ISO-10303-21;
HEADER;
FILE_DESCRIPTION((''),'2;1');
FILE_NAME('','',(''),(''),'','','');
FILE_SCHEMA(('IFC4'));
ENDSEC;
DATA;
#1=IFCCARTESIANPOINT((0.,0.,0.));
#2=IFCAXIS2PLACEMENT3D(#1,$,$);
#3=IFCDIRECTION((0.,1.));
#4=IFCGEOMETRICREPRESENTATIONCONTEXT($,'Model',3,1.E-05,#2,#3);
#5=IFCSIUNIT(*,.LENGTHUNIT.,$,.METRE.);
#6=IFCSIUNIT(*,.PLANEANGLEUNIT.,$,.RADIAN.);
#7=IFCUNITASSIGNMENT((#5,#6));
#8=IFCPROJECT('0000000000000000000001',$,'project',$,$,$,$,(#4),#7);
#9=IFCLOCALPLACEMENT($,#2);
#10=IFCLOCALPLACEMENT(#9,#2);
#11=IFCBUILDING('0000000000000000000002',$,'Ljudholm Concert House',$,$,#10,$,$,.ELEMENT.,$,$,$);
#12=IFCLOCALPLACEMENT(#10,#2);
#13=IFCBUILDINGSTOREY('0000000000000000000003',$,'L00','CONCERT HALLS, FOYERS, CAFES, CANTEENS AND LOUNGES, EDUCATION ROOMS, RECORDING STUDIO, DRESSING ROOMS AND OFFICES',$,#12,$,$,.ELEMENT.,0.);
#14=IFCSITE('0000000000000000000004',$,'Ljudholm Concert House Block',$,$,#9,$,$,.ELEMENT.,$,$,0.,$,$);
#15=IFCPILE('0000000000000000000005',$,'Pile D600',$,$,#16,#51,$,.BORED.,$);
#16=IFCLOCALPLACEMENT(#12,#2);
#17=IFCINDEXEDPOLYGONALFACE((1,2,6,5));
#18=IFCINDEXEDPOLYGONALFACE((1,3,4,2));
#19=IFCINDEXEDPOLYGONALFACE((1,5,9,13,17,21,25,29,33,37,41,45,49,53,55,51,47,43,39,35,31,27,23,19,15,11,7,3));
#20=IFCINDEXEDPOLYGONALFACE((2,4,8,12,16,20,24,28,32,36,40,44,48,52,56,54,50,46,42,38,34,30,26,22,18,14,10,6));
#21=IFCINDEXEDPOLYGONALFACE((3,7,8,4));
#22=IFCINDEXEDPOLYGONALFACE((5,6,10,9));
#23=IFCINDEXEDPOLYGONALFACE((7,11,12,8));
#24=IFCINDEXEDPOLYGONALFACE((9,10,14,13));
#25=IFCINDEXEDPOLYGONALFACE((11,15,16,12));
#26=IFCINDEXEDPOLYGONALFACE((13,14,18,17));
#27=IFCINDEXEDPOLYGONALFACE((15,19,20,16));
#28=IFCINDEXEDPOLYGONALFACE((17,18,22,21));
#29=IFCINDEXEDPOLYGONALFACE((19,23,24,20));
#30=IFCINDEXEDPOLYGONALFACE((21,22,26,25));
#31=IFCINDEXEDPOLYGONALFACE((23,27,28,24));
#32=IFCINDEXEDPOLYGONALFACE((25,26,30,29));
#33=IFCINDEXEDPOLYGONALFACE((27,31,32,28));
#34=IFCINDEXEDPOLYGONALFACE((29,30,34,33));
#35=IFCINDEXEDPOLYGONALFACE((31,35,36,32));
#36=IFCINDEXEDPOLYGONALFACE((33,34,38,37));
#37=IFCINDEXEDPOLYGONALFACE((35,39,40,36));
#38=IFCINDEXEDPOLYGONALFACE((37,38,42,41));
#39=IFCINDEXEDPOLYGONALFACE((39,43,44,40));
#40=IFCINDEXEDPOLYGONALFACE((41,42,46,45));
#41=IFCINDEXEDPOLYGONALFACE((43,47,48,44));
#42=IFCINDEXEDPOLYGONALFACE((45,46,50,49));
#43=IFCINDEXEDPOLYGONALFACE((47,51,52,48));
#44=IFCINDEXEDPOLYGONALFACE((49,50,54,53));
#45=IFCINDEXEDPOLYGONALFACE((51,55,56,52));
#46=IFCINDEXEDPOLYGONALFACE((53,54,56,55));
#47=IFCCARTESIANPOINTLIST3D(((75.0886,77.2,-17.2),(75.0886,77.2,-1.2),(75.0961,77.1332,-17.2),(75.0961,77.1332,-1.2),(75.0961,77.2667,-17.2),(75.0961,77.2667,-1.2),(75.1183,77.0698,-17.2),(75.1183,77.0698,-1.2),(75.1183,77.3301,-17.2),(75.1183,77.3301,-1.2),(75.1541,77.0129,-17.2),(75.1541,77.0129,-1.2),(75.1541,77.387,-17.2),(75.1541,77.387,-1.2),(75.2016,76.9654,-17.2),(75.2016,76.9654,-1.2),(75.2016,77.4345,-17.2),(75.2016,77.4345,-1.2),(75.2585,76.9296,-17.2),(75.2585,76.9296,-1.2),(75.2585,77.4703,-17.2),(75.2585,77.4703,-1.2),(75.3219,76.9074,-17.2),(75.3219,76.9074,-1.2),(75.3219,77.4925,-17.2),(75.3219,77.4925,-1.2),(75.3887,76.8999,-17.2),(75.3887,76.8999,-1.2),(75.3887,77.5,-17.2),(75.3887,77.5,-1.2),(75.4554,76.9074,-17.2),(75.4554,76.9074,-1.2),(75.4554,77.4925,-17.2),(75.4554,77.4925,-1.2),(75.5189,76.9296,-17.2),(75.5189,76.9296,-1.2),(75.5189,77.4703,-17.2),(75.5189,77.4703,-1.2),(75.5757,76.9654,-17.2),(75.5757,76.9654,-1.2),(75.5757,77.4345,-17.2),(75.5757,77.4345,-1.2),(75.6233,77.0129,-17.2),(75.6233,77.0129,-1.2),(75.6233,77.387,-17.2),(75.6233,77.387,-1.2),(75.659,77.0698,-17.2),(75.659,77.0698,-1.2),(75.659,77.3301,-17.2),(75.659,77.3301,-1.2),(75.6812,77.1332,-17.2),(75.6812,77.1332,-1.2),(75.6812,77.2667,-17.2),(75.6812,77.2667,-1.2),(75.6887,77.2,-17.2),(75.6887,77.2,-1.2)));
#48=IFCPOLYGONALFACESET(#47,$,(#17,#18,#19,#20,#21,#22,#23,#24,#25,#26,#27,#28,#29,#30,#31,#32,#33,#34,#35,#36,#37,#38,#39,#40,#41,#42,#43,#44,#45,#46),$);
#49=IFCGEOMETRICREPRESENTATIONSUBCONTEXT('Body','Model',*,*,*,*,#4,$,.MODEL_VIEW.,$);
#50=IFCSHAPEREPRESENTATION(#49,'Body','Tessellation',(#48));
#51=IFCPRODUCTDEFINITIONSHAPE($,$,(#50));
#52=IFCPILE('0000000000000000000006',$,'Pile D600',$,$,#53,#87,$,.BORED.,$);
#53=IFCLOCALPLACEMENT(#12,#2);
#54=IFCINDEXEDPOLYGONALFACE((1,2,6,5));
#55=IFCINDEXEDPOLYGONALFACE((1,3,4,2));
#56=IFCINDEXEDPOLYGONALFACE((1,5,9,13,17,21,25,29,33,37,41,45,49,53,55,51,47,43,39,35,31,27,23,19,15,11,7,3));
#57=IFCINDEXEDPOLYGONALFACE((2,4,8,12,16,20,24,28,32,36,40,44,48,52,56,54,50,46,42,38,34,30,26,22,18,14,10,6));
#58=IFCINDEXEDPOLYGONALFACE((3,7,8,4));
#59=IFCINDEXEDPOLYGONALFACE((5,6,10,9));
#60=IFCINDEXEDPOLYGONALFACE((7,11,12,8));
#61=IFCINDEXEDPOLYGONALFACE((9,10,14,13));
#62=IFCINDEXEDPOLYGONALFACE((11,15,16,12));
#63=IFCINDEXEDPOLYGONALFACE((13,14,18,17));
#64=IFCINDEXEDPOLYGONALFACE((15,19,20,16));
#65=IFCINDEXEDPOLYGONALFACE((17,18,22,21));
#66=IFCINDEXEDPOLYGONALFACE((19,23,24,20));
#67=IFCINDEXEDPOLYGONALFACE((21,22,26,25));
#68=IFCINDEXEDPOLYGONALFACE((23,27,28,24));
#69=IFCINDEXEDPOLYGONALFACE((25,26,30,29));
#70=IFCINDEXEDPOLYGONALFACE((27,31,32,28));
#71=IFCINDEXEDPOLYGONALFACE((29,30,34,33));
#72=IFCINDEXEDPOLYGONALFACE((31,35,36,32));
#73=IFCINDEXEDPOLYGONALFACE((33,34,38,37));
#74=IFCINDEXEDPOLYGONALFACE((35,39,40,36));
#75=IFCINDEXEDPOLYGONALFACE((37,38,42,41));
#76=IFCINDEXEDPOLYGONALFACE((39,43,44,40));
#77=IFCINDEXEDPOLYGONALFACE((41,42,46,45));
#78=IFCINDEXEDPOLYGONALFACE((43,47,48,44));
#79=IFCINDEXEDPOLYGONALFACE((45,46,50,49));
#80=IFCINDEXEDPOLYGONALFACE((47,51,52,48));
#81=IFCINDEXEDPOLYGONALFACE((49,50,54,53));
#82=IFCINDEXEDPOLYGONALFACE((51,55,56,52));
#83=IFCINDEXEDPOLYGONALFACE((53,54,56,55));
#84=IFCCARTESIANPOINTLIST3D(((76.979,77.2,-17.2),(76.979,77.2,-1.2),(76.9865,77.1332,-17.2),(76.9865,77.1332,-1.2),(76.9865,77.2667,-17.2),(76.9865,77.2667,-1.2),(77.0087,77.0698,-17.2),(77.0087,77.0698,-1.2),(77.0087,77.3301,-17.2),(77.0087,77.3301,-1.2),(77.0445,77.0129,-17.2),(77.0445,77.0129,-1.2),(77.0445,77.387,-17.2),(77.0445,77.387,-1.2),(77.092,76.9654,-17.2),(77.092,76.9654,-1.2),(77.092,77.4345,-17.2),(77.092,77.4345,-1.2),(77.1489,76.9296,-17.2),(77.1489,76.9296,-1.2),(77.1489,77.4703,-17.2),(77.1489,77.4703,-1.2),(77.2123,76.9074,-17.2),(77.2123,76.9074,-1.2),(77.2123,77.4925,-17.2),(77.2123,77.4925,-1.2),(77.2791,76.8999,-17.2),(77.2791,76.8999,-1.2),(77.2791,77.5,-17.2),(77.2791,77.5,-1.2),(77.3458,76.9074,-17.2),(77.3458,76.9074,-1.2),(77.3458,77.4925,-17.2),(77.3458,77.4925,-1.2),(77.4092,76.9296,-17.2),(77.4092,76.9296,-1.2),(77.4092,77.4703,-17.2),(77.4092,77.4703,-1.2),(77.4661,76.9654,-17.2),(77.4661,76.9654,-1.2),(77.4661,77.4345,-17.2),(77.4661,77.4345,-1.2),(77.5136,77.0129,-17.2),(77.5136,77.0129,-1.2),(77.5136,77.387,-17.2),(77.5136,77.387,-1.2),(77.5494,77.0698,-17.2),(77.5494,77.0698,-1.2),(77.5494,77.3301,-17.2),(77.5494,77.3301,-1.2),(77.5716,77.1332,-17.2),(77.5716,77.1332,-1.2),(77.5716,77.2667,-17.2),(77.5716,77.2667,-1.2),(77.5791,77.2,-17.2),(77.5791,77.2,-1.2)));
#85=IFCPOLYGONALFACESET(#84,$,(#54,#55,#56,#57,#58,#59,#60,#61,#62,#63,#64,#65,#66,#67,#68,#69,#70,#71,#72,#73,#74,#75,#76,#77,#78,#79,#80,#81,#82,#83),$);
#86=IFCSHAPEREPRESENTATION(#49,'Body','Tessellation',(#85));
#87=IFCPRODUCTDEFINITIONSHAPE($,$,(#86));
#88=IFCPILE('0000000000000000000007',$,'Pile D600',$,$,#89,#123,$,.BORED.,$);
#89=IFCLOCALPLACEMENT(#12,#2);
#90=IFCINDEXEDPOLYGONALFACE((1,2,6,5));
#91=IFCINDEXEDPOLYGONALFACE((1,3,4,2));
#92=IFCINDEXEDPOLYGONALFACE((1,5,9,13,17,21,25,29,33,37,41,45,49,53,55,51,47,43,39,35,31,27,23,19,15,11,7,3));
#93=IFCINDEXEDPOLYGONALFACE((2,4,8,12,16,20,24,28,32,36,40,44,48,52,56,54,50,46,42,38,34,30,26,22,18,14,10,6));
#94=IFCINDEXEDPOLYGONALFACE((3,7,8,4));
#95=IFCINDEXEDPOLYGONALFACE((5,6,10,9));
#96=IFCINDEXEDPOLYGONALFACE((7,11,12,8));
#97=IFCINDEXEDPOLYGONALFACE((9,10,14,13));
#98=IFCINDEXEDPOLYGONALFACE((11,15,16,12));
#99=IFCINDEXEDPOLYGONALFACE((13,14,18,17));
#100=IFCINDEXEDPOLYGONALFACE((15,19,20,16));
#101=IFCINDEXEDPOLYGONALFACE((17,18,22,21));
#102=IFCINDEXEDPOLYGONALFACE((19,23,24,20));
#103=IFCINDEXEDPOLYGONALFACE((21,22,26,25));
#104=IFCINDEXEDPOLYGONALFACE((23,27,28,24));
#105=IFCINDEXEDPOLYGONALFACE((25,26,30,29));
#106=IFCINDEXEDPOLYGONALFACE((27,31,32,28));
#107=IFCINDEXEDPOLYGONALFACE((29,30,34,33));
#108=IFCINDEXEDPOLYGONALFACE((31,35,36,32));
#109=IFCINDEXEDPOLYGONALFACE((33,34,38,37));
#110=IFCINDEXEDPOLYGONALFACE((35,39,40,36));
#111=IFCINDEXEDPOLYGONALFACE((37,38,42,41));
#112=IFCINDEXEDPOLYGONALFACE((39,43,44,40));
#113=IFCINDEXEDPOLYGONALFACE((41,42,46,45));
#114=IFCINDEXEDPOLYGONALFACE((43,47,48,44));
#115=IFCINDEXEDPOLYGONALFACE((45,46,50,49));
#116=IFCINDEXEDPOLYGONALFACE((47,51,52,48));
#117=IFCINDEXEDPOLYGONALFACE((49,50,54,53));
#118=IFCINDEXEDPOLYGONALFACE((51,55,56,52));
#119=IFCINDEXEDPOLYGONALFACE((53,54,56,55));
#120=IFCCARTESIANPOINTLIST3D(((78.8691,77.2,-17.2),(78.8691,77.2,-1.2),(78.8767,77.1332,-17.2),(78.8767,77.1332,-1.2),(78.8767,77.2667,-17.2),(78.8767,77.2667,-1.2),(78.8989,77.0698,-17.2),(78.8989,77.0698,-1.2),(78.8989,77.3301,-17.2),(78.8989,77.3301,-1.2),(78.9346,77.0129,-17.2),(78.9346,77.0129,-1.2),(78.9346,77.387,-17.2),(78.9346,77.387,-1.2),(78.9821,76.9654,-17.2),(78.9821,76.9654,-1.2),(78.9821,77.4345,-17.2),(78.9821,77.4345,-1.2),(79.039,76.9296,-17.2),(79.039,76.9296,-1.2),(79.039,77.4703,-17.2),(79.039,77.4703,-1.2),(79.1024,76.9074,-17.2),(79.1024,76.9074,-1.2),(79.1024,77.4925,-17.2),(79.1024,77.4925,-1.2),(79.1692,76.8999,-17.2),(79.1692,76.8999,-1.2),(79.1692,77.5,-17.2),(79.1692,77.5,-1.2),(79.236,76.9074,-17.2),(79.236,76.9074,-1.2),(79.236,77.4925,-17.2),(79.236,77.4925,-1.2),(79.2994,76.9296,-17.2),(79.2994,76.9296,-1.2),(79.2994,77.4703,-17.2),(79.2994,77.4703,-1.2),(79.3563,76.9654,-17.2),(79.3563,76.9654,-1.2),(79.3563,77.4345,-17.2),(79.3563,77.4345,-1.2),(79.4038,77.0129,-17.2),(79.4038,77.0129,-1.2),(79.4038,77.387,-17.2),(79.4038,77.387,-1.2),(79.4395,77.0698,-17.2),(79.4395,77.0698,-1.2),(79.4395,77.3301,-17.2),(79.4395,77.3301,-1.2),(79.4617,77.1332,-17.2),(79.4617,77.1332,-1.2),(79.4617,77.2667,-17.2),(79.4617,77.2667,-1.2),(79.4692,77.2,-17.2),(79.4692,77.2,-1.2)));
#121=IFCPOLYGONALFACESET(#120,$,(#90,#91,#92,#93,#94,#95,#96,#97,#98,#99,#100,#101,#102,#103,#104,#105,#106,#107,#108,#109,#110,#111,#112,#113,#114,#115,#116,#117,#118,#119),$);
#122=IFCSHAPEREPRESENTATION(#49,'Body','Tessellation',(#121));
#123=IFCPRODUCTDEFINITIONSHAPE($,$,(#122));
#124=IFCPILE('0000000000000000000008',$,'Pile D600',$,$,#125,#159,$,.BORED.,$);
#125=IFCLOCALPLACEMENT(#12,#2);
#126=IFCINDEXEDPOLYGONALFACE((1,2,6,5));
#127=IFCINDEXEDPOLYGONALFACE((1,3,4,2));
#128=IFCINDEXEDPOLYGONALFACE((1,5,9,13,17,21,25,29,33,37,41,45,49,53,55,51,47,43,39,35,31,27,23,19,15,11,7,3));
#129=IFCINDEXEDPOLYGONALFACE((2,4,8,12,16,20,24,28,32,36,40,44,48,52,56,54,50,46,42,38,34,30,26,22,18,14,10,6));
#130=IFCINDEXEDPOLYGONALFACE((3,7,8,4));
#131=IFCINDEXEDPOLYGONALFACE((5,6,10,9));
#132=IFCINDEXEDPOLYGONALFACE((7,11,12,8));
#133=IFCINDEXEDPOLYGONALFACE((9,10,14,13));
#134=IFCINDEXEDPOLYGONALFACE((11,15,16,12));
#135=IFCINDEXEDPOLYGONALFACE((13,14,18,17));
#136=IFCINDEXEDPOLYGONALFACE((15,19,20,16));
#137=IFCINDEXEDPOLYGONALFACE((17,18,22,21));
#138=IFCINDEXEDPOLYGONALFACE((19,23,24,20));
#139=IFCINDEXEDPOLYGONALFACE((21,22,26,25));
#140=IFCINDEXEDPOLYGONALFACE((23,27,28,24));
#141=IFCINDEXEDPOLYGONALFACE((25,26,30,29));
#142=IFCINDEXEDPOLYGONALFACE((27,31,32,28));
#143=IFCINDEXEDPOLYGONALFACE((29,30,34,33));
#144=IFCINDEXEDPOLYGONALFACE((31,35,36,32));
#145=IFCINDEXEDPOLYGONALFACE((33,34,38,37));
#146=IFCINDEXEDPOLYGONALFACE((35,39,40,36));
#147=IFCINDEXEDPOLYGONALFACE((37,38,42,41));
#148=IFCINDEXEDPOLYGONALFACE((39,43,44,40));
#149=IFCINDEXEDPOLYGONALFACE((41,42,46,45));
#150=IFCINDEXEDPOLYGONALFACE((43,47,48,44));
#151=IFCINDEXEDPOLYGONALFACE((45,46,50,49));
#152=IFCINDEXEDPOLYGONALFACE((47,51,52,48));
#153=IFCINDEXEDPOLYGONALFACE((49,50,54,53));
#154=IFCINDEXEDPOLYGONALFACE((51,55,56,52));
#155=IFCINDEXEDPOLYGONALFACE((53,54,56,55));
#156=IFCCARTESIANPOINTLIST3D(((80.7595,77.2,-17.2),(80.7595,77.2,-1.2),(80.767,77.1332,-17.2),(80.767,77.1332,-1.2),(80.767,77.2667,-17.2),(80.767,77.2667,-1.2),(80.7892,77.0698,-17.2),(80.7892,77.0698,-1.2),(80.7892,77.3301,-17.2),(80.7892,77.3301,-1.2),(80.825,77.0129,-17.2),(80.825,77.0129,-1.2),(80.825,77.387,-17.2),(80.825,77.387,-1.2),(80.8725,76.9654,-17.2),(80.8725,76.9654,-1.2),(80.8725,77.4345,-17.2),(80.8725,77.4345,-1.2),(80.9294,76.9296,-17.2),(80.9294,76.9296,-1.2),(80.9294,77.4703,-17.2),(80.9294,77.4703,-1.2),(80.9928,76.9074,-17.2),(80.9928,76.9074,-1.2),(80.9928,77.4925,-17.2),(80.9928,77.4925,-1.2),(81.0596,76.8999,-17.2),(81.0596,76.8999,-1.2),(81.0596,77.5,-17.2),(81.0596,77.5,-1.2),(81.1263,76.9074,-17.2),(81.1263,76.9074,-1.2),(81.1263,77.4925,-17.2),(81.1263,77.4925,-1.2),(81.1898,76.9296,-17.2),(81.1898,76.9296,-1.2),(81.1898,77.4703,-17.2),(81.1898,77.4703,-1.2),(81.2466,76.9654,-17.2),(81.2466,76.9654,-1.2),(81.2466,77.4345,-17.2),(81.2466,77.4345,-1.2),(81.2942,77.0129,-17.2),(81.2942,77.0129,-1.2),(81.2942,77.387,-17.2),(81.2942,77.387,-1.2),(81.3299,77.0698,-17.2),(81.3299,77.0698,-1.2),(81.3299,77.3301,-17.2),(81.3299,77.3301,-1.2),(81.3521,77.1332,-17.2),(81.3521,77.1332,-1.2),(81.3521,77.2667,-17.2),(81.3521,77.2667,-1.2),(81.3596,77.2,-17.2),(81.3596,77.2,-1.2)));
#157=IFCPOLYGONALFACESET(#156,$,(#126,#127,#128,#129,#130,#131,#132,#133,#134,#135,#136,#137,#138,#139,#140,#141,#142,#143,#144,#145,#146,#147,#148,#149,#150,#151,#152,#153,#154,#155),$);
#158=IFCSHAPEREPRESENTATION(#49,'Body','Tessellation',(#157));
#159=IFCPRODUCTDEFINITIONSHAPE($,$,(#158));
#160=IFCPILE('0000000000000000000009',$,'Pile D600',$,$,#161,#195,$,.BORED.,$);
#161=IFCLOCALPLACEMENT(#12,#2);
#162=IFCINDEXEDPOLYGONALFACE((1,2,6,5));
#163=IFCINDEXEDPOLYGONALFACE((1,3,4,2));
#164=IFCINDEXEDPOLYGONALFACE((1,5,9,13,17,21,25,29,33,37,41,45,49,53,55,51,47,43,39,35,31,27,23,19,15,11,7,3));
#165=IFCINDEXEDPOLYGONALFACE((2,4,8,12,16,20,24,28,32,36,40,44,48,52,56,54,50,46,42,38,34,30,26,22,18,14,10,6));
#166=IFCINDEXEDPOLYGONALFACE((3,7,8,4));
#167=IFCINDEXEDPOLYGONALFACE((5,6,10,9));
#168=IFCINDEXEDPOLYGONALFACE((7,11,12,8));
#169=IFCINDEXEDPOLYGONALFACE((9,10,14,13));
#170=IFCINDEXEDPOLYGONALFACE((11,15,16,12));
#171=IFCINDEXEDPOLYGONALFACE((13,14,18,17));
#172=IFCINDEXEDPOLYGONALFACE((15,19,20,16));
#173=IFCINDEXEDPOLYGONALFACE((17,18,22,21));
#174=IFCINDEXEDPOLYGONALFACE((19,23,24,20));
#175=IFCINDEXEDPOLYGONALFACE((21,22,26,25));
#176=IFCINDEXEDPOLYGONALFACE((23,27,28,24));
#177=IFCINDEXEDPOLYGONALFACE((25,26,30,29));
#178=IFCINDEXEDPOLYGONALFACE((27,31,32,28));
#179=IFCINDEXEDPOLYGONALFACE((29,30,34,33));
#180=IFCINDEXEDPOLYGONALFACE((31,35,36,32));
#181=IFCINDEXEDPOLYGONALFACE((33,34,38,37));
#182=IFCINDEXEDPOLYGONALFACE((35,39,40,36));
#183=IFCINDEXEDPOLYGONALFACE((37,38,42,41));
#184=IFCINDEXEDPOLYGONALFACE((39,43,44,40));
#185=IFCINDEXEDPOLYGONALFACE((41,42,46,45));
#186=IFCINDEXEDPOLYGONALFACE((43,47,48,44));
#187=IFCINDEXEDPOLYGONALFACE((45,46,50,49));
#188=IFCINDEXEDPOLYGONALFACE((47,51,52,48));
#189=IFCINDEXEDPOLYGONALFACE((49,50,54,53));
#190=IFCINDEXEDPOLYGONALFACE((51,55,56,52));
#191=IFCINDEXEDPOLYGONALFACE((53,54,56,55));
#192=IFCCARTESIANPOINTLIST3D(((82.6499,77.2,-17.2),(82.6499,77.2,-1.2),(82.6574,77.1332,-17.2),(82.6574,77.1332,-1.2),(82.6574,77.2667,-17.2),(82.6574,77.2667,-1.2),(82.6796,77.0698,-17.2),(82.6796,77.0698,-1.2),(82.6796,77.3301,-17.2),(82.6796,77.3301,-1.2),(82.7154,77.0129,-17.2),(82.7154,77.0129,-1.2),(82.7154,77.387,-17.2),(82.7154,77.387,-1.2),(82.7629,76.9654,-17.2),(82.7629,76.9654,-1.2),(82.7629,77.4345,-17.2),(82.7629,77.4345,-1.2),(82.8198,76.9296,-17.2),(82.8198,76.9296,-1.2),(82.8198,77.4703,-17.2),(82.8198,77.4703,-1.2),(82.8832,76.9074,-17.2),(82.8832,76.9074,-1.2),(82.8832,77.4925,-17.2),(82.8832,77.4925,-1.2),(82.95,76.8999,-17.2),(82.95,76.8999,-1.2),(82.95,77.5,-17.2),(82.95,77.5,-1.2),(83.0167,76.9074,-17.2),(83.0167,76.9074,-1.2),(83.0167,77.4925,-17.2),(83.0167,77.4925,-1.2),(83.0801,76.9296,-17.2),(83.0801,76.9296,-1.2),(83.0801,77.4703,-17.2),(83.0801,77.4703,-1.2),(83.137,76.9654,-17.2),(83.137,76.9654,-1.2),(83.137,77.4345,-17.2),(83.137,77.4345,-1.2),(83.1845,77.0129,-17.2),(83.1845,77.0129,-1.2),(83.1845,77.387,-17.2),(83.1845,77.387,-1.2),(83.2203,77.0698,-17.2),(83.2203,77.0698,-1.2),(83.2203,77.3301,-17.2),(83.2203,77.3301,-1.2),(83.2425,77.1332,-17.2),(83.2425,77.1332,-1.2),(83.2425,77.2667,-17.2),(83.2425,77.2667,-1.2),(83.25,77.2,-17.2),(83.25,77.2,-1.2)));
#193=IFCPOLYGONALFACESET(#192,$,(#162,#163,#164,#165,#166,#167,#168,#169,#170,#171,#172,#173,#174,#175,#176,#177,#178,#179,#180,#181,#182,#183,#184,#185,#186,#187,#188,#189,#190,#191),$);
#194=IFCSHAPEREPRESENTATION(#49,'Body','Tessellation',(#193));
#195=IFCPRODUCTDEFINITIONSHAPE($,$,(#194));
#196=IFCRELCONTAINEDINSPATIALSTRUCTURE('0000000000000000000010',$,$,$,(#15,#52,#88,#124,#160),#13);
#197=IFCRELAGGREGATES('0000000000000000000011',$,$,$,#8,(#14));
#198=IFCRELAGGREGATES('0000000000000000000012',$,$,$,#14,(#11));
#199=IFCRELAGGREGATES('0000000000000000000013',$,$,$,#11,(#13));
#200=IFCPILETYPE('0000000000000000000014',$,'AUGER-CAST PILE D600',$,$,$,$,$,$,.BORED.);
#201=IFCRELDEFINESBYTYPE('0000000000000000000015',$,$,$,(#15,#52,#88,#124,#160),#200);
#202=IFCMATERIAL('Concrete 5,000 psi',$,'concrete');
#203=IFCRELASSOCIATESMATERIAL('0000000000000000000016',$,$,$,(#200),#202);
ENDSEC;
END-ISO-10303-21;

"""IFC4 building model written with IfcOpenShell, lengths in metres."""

from ifc_helpers import new_model, si_unit, direction, frame, origin, origin_2d, place, context, subcontext, project, spatial, circle, extrude, material, material_profile, profile_set, type_object, element, save


model = new_model("IFC4")

# Units and contexts
model_context = context("Model", 3, precision=1e-05, world=origin(), true_north=direction((0.0, 1.0)))
body_context = subcontext(model_context, "Body", "Model", "MODEL_VIEW")
ifc_project = project(units=[si_unit("LENGTHUNIT", "METRE"), si_unit("PLANEANGLEUNIT", "RADIAN")], contexts=[model_context])

# Site, building, storey
site_placement = place(None, origin())
site = spatial("IfcSite", under=ifc_project, at=site_placement, Name="Ljudholm Concert House Block", CompositionType="ELEMENT", RefElevation=0.0)
building_placement = place(site_placement, origin())
building = spatial("IfcBuilding", under=site, at=building_placement, Name="Ljudholm Concert House", CompositionType="ELEMENT")
storey_placement = place(building_placement, origin())
storey = spatial("IfcBuildingStorey", under=building, at=storey_placement, Name="L00", Description="CONCERT HALLS, FOYERS, CAFES, CANTEENS AND LOUNGES, EDUCATION ROOMS, RECORDING STUDIO, DRESSING ROOMS AND OFFICES", CompositionType="ELEMENT", Elevation=0.0)

# Piles
ifc_material_1 = material(Name="Concrete 5,000 psi", Category="concrete")
ifc_material_profile = material_profile(ifc_material_1, circle(Radius=0.3, at=origin_2d()), Name="AUGER-CAST PILE D600")
ifc_profile_set = profile_set([ifc_material_profile], Name="Concrete 5,000 psi")
pile_type = type_object("IfcPileType", Name="AUGER-CAST PILE D600", PredefinedType="BORED", material=ifc_profile_set)
for number, where, z_axis, x_axis, name in (
    (1, (75.3887, 77.2, -1.2), (0.0, 0.0, -1.0), (1.0, 0.0, 0.0), "Pile D600"),
    (2, (77.2791, 77.2, -1.2), (0.0, 0.0, -1.0), (1.0, 0.0, 0.0), "Pile D600"),
    (3, (79.1692, 77.2, -1.2), (0.0, 0.0, -1.0), (1.0, 0.0, 0.0), "Pile D600"),
    (4, (81.0596, 77.2, -1.2), (0.0, 0.0, -1.0), (1.0, 0.0, 0.0), "Pile D600"),
    (5, (82.95, 77.2, -1.2), (0.0, 0.0, -1.0), (1.0, 0.0, 0.0), "Pile D600"),
):
    element("IfcPile", number, at=place(storey_placement, frame(where, z_axis=z_axis, x_axis=x_axis)), inside=storey, type_object=pile_type, Name=name, PredefinedType="BORED", context=body_context, shape_type="SweptSolid", body=[
        extrude(circle(Radius=0.3, at=origin_2d()), origin(), (0.0, 0.0, 1.0), 16.0),
    ])

save(model, "model.ifc")
